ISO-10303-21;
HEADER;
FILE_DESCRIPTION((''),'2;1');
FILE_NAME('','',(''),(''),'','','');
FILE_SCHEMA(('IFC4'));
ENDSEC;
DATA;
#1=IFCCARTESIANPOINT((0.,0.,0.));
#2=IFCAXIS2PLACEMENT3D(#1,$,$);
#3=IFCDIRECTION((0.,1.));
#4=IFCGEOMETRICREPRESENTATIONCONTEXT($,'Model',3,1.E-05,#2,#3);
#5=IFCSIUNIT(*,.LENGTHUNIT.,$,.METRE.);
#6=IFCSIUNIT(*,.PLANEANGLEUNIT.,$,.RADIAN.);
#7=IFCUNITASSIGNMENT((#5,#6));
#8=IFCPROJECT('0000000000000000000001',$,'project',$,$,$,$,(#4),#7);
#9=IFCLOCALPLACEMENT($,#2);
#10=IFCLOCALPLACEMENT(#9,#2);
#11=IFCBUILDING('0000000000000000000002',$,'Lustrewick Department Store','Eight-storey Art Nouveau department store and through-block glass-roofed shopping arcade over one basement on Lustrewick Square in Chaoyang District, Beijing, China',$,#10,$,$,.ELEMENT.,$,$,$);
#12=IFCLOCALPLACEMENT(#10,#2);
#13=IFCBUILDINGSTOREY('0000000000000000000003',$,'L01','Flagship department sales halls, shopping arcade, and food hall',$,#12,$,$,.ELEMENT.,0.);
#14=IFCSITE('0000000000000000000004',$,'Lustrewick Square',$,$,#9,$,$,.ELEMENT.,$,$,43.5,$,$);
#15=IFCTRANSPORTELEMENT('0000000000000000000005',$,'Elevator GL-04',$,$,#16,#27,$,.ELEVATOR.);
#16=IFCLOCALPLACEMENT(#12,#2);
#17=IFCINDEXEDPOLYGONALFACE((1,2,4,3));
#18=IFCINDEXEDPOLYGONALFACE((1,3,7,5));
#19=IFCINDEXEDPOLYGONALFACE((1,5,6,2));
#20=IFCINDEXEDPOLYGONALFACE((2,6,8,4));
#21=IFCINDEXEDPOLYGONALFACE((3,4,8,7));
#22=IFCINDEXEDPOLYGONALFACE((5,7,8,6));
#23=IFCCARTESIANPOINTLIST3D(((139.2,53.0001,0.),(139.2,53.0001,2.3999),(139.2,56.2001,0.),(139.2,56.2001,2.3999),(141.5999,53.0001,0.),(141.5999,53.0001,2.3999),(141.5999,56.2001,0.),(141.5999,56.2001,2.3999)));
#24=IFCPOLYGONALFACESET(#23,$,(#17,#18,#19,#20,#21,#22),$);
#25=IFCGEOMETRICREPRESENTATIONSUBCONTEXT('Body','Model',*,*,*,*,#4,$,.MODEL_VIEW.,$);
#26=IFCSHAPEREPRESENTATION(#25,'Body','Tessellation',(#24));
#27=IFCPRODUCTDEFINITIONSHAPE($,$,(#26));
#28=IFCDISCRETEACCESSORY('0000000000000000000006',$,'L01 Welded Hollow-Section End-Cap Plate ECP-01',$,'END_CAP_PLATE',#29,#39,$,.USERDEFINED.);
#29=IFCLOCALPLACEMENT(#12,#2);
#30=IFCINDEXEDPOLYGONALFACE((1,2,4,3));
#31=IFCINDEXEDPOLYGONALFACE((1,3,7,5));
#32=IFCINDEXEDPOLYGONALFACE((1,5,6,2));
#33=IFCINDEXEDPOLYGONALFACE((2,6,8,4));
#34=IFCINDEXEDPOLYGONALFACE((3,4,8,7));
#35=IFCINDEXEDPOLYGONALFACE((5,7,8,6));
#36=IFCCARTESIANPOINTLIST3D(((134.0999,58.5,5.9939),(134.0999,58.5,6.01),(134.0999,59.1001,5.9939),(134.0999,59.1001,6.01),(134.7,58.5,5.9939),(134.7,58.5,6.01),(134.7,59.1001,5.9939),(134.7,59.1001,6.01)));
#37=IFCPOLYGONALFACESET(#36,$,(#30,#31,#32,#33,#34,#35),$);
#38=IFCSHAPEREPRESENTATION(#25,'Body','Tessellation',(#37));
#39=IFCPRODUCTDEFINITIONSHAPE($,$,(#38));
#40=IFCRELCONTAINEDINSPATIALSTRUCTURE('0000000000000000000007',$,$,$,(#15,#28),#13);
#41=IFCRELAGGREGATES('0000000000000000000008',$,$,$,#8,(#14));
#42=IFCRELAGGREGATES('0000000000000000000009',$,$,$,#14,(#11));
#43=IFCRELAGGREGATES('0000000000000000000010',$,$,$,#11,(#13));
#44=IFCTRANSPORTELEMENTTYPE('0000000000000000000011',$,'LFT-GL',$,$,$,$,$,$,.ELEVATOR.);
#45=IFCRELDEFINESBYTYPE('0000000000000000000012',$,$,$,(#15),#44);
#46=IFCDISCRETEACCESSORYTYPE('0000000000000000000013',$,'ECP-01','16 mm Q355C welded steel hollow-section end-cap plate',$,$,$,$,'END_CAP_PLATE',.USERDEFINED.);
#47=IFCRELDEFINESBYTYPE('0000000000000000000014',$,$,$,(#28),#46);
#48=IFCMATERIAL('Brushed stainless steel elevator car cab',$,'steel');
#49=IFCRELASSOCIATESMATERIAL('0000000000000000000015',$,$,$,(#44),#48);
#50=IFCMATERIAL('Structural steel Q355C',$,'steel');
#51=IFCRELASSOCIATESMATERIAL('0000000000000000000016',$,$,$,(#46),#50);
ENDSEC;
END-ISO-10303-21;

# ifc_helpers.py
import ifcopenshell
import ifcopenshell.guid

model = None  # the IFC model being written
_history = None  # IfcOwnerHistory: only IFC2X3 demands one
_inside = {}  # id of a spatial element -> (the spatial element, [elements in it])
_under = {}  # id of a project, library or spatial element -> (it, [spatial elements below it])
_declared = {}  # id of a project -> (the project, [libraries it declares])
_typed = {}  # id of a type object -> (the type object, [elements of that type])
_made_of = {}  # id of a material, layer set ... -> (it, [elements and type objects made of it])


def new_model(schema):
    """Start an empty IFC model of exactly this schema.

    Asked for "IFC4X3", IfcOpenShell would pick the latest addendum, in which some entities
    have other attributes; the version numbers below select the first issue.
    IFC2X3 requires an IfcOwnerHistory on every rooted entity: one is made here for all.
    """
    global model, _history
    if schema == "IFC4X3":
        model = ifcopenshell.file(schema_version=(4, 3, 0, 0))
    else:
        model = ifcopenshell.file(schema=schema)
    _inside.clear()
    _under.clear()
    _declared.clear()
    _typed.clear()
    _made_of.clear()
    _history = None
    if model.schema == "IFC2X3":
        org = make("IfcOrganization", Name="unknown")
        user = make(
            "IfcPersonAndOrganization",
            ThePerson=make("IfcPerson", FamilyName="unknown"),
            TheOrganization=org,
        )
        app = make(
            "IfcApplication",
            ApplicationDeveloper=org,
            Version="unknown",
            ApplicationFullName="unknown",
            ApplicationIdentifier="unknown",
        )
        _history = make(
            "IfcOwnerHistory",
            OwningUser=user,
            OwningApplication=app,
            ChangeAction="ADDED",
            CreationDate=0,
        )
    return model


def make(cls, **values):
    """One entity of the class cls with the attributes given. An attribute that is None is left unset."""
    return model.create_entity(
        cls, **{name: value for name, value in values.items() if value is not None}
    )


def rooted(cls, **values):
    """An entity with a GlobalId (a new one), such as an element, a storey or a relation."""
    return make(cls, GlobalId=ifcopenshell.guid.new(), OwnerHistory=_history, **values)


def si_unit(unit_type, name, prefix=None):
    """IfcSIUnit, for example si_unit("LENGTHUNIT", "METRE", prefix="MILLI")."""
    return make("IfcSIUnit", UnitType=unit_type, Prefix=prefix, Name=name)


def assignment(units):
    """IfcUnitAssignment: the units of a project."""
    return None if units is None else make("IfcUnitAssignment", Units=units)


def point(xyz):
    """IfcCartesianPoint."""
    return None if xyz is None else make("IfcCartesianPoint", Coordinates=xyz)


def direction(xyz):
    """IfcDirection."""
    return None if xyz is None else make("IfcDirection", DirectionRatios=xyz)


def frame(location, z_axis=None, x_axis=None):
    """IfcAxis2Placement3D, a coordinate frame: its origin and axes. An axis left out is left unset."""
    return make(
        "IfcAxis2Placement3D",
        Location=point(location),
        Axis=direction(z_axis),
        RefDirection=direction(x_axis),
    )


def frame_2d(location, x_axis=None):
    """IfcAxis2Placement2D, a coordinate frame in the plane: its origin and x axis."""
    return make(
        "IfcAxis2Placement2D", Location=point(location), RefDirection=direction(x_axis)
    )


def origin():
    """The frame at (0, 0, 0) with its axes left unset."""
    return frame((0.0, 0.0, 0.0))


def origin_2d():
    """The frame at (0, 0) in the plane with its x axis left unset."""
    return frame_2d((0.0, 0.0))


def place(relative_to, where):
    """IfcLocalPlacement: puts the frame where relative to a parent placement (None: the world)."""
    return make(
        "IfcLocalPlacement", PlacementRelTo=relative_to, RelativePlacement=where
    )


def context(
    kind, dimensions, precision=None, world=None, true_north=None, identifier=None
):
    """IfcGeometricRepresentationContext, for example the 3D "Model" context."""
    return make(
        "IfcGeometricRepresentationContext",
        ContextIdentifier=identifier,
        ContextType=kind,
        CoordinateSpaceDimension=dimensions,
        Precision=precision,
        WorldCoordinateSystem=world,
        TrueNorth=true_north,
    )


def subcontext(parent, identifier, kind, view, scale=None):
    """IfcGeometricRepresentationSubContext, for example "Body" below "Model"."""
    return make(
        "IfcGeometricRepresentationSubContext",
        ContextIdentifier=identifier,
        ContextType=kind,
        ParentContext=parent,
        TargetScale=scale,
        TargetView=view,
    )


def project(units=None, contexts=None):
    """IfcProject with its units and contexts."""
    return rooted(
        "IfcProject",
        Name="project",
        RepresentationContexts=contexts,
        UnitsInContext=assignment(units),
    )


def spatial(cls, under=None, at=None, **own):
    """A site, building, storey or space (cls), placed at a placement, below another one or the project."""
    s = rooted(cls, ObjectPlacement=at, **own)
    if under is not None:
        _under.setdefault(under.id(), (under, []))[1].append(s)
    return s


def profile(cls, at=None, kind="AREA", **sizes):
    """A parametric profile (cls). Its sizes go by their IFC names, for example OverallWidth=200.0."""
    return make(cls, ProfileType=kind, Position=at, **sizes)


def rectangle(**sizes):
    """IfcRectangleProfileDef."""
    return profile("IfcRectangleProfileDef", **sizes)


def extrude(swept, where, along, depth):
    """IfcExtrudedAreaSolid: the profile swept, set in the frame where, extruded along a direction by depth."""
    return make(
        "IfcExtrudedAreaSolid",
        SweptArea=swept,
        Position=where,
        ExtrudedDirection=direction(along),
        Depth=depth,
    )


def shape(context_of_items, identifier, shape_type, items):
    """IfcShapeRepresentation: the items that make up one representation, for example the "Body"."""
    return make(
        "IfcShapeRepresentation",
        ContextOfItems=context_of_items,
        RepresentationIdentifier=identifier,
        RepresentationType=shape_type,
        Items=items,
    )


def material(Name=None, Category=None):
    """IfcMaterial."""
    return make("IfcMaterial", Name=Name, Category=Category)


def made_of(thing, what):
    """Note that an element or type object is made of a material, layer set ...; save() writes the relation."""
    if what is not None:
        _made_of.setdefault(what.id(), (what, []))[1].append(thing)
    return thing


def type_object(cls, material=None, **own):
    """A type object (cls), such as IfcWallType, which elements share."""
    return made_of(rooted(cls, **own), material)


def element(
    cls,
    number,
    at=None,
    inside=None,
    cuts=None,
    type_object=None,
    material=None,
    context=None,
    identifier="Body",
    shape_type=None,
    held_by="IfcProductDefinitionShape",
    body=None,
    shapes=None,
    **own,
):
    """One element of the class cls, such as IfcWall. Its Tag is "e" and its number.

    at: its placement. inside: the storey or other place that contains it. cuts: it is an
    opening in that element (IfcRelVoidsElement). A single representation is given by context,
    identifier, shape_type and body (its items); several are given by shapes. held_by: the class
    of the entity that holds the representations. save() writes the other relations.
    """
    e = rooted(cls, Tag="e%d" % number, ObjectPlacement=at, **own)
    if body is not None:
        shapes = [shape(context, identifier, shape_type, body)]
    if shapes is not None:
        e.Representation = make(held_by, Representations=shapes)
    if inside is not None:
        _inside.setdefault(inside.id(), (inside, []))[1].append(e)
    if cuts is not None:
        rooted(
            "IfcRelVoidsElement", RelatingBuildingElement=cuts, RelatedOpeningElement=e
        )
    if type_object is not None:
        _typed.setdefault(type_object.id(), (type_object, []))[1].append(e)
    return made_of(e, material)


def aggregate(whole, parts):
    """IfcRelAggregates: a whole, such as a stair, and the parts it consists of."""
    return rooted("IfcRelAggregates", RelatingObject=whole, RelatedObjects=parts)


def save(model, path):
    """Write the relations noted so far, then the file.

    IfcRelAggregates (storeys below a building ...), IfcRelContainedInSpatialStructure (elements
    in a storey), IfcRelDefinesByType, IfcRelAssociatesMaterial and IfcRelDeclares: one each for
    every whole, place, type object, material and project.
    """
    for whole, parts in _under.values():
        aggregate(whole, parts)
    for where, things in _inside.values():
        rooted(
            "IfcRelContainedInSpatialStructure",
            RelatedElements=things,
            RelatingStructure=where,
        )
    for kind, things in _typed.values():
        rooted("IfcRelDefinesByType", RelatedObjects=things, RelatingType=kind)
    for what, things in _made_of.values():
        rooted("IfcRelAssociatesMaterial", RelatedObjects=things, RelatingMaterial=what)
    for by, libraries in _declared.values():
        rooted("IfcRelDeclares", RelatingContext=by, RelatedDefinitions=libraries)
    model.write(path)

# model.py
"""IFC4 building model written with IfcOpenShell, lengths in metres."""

from ifc_helpers import new_model, si_unit, direction, frame, origin, origin_2d, place, context, subcontext, project, spatial, rectangle, extrude, material, type_object, element, save


model = new_model("IFC4")

# Units and contexts
model_context = context("Model", 3, precision=1e-05, world=origin(), true_north=direction((0.0, 1.0)))
body_context = subcontext(model_context, "Body", "Model", "MODEL_VIEW")
ifc_project = project(units=[si_unit("LENGTHUNIT", "METRE"), si_unit("PLANEANGLEUNIT", "RADIAN")], contexts=[model_context])

# Site, building, storey
site_placement = place(None, origin())
site = spatial("IfcSite", under=ifc_project, at=site_placement, Name="Lustrewick Square", CompositionType="ELEMENT", RefElevation=43.5)
building_placement = place(site_placement, origin())
building = spatial("IfcBuilding", under=site, at=building_placement, Name="Lustrewick Department Store", Description="Eight-storey Art Nouveau department store and through-block glass-roofed shopping arcade over one basement on Lustrewick Square in Chaoyang District, Beijing, China", CompositionType="ELEMENT")
storey_placement = place(building_placement, origin())
storey = spatial("IfcBuildingStorey", under=building, at=storey_placement, Name="L01", Description="Flagship department sales halls, shopping arcade, and food hall", CompositionType="ELEMENT", Elevation=0.0)

# Shared definitions
ifc_material_1 = material(Name="Structural steel Q355C", Category="steel")

# Transport element
ifc_material_2 = material(Name="Brushed stainless steel elevator car cab", Category="steel")
transport_element_type = type_object("IfcTransportElementType", Name="LFT-GL", PredefinedType="ELEVATOR", material=ifc_material_2)
transport_element_placement = place(storey_placement, frame((140.3999, 54.6001, 0.0), z_axis=(0.0, 0.0, 1.0), x_axis=(1.0, 0.0, 0.0)))
element("IfcTransportElement", 1, at=transport_element_placement, inside=storey, type_object=transport_element_type, Name="Elevator GL-04", PredefinedType="ELEVATOR", context=body_context, shape_type="SweptSolid", body=[
    extrude(rectangle(XDim=2.3999, YDim=3.2, at=origin_2d()), origin(), (0.0, 0.0, 1.0), 2.3999),
])

# Discrete accessory
discrete_accessory_type = type_object("IfcDiscreteAccessoryType", Name="ECP-01", Description="16 mm Q355C welded steel hollow-section end-cap plate", ElementType="END_CAP_PLATE", PredefinedType="USERDEFINED", material=ifc_material_1)
discrete_accessory_placement = place(storey_placement, frame((134.3999, 58.8, 5.9939), z_axis=(0.0, 0.0, 1.0), x_axis=(1.0, 0.0, 0.0)))
element("IfcDiscreteAccessory", 2, at=discrete_accessory_placement, inside=storey, type_object=discrete_accessory_type, Name="L01 Welded Hollow-Section End-Cap Plate ECP-01", ObjectType="END_CAP_PLATE", PredefinedType="USERDEFINED", context=body_context, shape_type="SweptSolid", body=[
    extrude(rectangle(XDim=0.6001, YDim=0.6001, at=origin_2d()), origin(), (0.0, 0.0, 1.0), 0.0161),
])

save(model, "model.ifc")
